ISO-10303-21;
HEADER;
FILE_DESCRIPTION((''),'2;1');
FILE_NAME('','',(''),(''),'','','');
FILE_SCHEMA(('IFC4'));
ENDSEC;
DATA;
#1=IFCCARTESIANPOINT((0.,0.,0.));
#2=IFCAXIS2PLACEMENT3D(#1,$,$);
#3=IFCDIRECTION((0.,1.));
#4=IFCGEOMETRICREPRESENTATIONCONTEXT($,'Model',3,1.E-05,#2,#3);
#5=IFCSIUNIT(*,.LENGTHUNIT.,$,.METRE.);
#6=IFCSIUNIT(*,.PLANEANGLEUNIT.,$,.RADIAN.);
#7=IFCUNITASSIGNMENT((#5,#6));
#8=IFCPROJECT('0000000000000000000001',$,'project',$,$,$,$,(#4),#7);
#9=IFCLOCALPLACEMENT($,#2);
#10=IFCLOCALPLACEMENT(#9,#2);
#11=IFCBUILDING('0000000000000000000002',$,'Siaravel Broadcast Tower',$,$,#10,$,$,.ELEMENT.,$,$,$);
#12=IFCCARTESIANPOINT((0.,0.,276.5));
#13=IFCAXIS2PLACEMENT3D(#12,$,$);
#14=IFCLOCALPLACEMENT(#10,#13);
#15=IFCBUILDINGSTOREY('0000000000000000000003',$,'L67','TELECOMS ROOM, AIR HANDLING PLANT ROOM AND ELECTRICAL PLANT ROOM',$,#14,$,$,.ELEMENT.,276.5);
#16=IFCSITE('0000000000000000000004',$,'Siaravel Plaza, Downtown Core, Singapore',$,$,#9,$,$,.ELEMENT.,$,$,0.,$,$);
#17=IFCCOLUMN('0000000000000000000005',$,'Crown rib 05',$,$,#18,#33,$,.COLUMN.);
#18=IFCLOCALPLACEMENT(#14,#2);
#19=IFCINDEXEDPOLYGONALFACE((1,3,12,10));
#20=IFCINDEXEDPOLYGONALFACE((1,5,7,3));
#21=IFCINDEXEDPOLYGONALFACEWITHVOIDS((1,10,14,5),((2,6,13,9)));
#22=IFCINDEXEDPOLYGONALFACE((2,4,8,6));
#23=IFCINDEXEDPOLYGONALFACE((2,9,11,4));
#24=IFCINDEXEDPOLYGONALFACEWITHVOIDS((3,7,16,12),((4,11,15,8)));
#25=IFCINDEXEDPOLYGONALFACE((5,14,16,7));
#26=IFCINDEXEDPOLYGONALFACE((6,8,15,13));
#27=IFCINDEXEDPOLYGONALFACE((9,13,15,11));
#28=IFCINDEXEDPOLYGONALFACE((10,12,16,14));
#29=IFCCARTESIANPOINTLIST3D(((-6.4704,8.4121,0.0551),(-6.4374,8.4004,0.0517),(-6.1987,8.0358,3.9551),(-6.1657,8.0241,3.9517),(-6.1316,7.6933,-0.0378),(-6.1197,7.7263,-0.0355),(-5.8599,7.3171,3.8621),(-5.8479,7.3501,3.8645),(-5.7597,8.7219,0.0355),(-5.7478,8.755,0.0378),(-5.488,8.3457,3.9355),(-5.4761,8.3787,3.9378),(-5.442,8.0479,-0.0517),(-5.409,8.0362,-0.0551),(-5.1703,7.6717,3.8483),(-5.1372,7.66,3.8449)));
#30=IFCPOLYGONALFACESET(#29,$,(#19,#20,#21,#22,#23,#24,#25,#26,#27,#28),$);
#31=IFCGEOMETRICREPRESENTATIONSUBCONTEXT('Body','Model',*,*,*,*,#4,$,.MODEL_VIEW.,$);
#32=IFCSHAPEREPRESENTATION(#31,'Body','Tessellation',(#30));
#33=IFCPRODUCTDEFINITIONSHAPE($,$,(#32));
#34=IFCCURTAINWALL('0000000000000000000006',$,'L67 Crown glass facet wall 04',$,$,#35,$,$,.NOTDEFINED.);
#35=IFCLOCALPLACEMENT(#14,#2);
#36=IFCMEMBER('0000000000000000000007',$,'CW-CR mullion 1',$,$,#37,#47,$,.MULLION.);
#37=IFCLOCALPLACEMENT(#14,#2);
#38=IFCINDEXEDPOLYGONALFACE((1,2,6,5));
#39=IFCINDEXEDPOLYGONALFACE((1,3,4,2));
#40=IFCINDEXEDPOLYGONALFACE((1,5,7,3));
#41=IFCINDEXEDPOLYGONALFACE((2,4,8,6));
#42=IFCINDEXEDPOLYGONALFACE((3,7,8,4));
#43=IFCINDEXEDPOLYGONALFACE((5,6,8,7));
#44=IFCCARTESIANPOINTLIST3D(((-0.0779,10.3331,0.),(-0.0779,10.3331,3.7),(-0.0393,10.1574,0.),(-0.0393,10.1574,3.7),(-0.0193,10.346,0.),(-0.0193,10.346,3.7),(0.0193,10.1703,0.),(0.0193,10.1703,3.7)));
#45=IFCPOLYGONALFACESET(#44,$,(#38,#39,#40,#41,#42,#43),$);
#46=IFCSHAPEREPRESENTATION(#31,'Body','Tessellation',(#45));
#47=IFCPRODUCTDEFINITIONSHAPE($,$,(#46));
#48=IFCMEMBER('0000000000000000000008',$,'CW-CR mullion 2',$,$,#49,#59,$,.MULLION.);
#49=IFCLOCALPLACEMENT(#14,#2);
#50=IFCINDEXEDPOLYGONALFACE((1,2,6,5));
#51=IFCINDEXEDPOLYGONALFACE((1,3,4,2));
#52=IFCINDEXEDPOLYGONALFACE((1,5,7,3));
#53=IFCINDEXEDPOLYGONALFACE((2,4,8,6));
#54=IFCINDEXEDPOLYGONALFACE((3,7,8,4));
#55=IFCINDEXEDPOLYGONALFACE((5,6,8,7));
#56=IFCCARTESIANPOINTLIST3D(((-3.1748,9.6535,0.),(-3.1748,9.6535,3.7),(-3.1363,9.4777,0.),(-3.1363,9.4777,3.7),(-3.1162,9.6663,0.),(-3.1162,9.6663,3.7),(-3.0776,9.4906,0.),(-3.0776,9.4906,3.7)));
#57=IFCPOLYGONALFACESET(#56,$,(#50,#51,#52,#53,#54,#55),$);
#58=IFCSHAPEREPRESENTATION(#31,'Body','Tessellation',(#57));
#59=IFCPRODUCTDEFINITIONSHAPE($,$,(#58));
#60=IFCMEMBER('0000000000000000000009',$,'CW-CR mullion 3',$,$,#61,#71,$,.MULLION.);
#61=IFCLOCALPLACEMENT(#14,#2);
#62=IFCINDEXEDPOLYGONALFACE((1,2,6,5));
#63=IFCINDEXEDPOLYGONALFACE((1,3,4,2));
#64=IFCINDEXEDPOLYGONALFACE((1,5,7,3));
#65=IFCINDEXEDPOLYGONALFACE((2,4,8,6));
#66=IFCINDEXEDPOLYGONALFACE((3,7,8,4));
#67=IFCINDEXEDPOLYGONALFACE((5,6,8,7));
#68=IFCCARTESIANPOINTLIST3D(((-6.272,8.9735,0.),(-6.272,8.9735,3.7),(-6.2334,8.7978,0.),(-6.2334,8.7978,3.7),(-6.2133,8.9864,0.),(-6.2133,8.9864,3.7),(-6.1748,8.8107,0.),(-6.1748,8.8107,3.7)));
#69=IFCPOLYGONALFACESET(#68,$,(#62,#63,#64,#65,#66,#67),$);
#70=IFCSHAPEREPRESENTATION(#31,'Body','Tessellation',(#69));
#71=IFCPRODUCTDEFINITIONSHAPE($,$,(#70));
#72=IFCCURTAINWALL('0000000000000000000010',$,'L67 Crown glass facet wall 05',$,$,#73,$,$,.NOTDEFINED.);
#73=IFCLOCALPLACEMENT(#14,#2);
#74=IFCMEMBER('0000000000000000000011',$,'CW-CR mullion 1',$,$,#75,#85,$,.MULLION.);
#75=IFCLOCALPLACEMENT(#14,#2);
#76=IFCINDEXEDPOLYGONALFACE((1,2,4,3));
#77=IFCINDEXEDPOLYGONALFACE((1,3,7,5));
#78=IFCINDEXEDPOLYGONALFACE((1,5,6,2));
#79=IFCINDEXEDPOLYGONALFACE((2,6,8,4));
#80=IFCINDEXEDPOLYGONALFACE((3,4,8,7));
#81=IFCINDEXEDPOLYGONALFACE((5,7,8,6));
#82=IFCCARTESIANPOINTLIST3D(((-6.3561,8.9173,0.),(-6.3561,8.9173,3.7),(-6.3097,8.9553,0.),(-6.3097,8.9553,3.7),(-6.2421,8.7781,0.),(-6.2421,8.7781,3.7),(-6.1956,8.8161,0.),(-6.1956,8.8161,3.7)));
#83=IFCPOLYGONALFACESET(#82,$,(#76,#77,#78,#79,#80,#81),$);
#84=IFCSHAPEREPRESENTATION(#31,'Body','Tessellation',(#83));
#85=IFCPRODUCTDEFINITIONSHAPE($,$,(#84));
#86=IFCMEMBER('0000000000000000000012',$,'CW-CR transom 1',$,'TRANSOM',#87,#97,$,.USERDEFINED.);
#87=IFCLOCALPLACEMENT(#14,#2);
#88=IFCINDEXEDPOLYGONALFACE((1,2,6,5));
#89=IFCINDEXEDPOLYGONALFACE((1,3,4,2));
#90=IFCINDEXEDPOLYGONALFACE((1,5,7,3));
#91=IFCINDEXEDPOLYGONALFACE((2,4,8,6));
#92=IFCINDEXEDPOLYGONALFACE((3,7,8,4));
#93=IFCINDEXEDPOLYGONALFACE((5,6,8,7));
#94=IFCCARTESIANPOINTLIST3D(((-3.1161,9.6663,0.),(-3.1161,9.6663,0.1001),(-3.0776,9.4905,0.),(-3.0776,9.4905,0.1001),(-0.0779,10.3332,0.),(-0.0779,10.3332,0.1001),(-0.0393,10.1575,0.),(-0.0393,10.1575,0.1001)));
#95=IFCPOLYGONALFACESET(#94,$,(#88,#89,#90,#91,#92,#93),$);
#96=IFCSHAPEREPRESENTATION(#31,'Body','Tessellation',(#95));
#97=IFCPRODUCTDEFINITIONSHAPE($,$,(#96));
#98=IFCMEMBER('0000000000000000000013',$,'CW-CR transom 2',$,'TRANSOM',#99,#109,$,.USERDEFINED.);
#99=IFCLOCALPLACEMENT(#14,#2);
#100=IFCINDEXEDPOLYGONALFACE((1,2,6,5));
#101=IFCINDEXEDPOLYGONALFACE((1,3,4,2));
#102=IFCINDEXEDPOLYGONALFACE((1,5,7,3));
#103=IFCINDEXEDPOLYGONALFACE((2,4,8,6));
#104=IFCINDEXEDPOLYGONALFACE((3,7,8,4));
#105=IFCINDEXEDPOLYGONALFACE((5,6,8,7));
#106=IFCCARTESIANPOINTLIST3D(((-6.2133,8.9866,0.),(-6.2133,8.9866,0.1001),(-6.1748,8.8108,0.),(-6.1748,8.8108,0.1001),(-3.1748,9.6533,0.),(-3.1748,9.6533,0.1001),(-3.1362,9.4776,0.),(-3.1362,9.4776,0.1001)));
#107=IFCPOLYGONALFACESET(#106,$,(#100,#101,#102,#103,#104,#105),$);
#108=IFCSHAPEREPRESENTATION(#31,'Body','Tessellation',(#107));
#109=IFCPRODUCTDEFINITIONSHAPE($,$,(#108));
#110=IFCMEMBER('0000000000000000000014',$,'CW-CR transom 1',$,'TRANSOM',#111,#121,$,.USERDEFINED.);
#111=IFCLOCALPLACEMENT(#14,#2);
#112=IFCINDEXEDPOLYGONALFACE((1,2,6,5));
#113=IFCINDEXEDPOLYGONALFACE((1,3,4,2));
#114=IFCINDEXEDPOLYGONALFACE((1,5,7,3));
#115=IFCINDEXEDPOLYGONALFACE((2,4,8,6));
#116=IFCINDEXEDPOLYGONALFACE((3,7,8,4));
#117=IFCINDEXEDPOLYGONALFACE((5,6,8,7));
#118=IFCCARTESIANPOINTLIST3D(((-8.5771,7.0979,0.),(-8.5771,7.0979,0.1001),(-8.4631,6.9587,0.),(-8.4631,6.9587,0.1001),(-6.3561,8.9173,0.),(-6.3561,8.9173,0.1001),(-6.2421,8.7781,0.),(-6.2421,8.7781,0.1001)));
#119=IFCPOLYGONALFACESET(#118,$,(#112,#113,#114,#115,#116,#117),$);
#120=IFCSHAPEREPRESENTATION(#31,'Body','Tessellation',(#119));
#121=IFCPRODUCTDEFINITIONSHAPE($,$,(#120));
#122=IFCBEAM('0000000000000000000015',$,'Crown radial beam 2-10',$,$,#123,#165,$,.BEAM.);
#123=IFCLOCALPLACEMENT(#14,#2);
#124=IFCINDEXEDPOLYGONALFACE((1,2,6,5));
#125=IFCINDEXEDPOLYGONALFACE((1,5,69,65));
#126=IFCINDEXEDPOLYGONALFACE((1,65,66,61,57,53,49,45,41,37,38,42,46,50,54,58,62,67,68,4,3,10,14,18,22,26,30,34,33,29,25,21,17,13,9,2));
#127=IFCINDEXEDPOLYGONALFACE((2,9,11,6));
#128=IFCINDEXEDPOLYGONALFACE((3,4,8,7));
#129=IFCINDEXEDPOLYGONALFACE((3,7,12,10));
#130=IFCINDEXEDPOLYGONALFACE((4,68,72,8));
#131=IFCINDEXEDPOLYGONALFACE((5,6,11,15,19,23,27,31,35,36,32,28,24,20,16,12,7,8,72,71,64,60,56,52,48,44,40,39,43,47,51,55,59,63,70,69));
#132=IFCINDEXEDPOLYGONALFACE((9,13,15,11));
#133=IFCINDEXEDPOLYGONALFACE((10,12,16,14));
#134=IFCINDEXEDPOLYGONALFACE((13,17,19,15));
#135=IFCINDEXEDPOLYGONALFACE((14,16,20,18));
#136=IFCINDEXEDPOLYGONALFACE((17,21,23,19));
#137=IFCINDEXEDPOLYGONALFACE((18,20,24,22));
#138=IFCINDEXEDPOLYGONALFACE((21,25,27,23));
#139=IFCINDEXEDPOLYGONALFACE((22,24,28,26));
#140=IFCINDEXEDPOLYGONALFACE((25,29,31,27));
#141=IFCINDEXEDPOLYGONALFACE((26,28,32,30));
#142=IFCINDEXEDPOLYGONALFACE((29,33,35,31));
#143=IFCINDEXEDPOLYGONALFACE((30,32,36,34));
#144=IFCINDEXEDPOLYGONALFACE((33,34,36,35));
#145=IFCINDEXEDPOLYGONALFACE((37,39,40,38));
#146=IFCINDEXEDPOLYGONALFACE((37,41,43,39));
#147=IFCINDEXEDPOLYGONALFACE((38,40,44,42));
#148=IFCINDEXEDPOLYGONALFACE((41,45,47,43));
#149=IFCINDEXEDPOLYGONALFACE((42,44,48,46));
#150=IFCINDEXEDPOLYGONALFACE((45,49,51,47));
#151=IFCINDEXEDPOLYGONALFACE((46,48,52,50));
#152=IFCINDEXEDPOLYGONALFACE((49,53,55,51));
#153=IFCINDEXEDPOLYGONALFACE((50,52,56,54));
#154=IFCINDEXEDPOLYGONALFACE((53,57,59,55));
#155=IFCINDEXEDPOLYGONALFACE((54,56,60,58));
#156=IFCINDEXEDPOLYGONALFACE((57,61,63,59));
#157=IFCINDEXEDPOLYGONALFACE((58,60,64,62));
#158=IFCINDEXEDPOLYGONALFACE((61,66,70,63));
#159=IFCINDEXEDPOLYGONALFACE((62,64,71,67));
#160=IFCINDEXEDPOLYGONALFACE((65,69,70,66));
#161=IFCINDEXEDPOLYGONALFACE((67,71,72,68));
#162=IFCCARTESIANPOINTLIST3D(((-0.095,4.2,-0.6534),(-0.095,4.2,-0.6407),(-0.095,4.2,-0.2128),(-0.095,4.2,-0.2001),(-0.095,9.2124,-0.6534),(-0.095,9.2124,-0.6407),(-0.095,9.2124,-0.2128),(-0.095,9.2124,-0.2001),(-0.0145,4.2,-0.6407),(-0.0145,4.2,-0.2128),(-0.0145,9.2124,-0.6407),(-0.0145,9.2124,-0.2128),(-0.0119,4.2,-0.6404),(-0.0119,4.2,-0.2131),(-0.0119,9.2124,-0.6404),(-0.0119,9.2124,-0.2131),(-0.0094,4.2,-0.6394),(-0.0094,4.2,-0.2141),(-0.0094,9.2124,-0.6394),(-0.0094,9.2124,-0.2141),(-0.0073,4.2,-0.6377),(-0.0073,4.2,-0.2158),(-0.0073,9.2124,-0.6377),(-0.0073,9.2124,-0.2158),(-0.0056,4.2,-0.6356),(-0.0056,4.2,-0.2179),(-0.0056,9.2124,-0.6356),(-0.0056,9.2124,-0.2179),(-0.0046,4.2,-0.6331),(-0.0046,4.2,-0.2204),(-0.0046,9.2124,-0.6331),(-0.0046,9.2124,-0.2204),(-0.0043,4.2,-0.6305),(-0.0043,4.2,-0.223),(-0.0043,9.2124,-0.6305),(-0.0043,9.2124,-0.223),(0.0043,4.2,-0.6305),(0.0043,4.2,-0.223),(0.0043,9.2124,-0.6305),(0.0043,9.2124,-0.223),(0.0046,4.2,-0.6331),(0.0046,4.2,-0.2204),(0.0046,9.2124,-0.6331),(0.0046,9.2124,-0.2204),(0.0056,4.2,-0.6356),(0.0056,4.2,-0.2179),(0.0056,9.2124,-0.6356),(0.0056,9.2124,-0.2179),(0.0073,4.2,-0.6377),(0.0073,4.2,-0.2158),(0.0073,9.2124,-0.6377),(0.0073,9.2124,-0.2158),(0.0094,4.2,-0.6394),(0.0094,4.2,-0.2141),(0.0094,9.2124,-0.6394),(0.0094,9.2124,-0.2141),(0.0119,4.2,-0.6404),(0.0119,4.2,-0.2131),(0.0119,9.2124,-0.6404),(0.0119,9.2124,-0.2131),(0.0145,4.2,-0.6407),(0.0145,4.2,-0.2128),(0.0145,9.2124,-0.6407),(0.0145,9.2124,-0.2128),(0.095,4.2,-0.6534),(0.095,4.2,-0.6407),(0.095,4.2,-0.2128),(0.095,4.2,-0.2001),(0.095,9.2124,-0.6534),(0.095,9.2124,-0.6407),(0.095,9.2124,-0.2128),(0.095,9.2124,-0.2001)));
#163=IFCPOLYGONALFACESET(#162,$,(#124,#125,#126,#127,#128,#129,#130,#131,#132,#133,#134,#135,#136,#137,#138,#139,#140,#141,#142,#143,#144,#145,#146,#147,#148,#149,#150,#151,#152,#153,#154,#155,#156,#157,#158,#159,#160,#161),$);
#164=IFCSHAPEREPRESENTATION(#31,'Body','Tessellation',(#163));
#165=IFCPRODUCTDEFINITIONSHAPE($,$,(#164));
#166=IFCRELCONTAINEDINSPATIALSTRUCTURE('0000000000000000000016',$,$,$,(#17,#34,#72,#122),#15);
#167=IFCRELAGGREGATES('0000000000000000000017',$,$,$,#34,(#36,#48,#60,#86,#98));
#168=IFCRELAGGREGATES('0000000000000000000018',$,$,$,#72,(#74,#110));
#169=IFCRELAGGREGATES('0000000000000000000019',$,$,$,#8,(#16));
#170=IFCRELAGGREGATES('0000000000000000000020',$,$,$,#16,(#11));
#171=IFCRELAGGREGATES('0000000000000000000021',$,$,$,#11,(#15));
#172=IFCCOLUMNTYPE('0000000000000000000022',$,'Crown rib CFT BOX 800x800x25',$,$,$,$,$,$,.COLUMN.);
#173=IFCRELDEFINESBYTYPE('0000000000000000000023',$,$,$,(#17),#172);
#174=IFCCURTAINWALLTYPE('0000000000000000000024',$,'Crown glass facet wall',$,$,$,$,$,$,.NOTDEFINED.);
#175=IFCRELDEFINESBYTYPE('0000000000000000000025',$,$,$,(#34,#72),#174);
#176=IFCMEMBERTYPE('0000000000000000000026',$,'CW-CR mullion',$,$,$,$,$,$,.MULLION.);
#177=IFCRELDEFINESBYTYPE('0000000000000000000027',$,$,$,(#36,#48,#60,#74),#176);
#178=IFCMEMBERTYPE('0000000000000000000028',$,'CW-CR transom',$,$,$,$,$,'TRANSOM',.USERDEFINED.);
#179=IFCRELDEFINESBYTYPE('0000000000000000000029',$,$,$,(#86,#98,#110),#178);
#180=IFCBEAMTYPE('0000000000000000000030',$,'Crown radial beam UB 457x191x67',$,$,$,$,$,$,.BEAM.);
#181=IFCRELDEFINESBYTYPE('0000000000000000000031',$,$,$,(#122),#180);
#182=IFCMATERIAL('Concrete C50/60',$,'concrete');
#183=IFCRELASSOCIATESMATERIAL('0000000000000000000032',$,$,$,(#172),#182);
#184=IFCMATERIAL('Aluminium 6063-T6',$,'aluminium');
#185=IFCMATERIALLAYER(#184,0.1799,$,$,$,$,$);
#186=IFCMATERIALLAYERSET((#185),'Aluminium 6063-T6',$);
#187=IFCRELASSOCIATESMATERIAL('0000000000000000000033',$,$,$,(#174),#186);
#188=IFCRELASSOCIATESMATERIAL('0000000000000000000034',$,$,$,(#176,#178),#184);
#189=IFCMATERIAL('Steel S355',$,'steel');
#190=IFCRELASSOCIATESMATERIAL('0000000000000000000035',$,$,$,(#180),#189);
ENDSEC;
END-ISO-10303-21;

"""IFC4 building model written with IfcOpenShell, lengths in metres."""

from ifc_helpers import new_model, si_unit, direction, frame, origin, origin_2d, place, context, subcontext, project, spatial, rectangle, hollow_rectangle, i_section, extrude, material, layer, layer_set, material_profile, profile_set, type_object, element, aggregate, save


model = new_model("IFC4")

# Units and contexts
model_context = context("Model", 3, precision=1e-05, world=origin(), true_north=direction((0.0, 1.0)))
body_context = subcontext(model_context, "Body", "Model", "MODEL_VIEW")
ifc_project = project(units=[si_unit("LENGTHUNIT", "METRE"), si_unit("PLANEANGLEUNIT", "RADIAN")], contexts=[model_context])

# Site, building, storey
site_placement = place(None, origin())
site = spatial("IfcSite", under=ifc_project, at=site_placement, Name="Siaravel Plaza, Downtown Core, Singapore", CompositionType="ELEMENT", RefElevation=0.0)
building_placement = place(site_placement, origin())
building = spatial("IfcBuilding", under=site, at=building_placement, Name="Siaravel Broadcast Tower", CompositionType="ELEMENT")
storey_placement = place(building_placement, frame((0.0, 0.0, 276.5)))
storey = spatial("IfcBuildingStorey", under=building, at=storey_placement, Name="L67", Description="TELECOMS ROOM, AIR HANDLING PLANT ROOM AND ELECTRICAL PLANT ROOM", CompositionType="ELEMENT", Elevation=276.5)

# Column
ifc_material_1 = material(Name="Concrete C50/60", Category="concrete")
ifc_material_profile_1 = material_profile(ifc_material_1, hollow_rectangle(XDim=0.8, YDim=0.8, WallThickness=0.0249, at=origin_2d()))
ifc_profile_set_1 = profile_set([ifc_material_profile_1], Name="Concrete C50/60")
column_type = type_object("IfcColumnType", Name="Crown rib CFT BOX 800x800x25", PredefinedType="COLUMN", material=ifc_profile_set_1)
column_placement = place(storey_placement, frame((-5.9397, 8.2241, 0.0), z_axis=(0.069188, -0.095793, 0.992994), x_axis=(0.903243, 0.428585, -0.021589)))
element("IfcColumn", 1, at=column_placement, inside=storey, type_object=column_type, Name="Crown rib 05", PredefinedType="COLUMN", context=body_context, shape_type="SweptSolid", body=[
    extrude(hollow_rectangle(XDim=0.8, YDim=0.8, WallThickness=0.0249, at=origin_2d()), origin(), (0.0, 0.0, 1.0), 3.9275),
])

# Curtain wall, members
ifc_material_2 = material(Name="Aluminium 6063-T6", Category="aluminium")
ifc_layer_1 = layer(ifc_material_2, 0.1799)
ifc_layer_set_1 = layer_set([ifc_layer_1], Name="Aluminium 6063-T6")
curtain_wall_type = type_object("IfcCurtainWallType", Name="Crown glass facet wall", PredefinedType="NOTDEFINED", material=ifc_layer_set_1)
curtain_wall_1_placement = place(storey_placement, origin())
curtain_wall_1 = element("IfcCurtainWall", 2, at=curtain_wall_1_placement, inside=storey, type_object=curtain_wall_type, Name="L67 Crown glass facet wall 04", PredefinedType="NOTDEFINED")
ifc_material_profile_2 = material_profile(ifc_material_2, rectangle(XDim=0.1799, YDim=0.0601, at=origin_2d()))
ifc_profile_set_2 = profile_set([ifc_material_profile_2], Name="Aluminium 6063-T6")
member_type_1 = type_object("IfcMemberType", Name="CW-CR mullion", PredefinedType="MULLION", material=ifc_profile_set_2)
member_1_placement = place(storey_placement, frame((-0.0293, 10.2517, 0.0), z_axis=(0.0, 0.0, 1.0), x_axis=(0.214394, -0.976747, 0.0)))
member_1 = element("IfcMember", 3, at=member_1_placement, type_object=member_type_1, Name="CW-CR mullion 1", PredefinedType="MULLION", context=body_context, shape_type="SweptSolid", body=[
    extrude(rectangle(XDim=0.1799, YDim=0.0601, at=origin_2d()), origin(), (0.0, 0.0, 1.0), 3.7),
])
member_2_placement = place(storey_placement, frame((-3.1262, 9.572, 0.0), z_axis=(0.0, 0.0, 1.0), x_axis=(0.214394, -0.976747, 0.0)))
member_2 = element("IfcMember", 4, at=member_2_placement, type_object=member_type_1, Name="CW-CR mullion 2", PredefinedType="MULLION", context=body_context, shape_type="SweptSolid", body=[
    extrude(rectangle(XDim=0.1799, YDim=0.0601, at=origin_2d()), origin(), (0.0, 0.0, 1.0), 3.7),
])
member_3_placement = place(storey_placement, frame((-6.2234, 8.8921, 0.0), z_axis=(0.0, 0.0, 1.0), x_axis=(0.214394, -0.976747, 0.0)))
member_3 = element("IfcMember", 5, at=member_3_placement, type_object=member_type_1, Name="CW-CR mullion 3", PredefinedType="MULLION", context=body_context, shape_type="SweptSolid", body=[
    extrude(rectangle(XDim=0.1799, YDim=0.0601, at=origin_2d()), origin(), (0.0, 0.0, 1.0), 3.7),
])

# Curtain wall, member
curtain_wall_2_placement = place(storey_placement, origin())
curtain_wall_2 = element("IfcCurtainWall", 6, at=curtain_wall_2_placement, inside=storey, type_object=curtain_wall_type, Name="L67 Crown glass facet wall 05", PredefinedType="NOTDEFINED")
member_4_placement = place(storey_placement, frame((-6.2759, 8.8667, 0.0), z_axis=(0.0, 0.0, 1.0), x_axis=(0.633713, -0.773569, 0.0)))
member_4 = element("IfcMember", 7, at=member_4_placement, type_object=member_type_1, Name="CW-CR mullion 1", PredefinedType="MULLION", context=body_context, shape_type="SweptSolid", body=[
    extrude(rectangle(XDim=0.1799, YDim=0.0601, at=origin_2d()), origin(), (0.0, 0.0, 1.0), 3.7),
])

# Members
ifc_material_profile_3 = material_profile(ifc_material_2, rectangle(XDim=0.1799, YDim=0.1001, at=origin_2d()))
ifc_profile_set_3 = profile_set([ifc_material_profile_3], Name="Aluminium 6063-T6")
member_type_2 = type_object("IfcMemberType", Name="CW-CR transom", ElementType="TRANSOM", PredefinedType="USERDEFINED", material=ifc_profile_set_3)
member_5_placement = place(storey_placement, frame((-0.0586, 10.2454, 0.05), z_axis=(-0.976742, -0.21442, 0.0), x_axis=(0.21442, -0.976742, 0.0)))
member_5 = element("IfcMember", 8, at=member_5_placement, type_object=member_type_2, Name="CW-CR transom 1", ObjectType="TRANSOM", PredefinedType="USERDEFINED", context=body_context, shape_type="SweptSolid", body=[
    extrude(rectangle(XDim=0.1799, YDim=0.1001, at=origin_2d()), origin(), (0.0, 0.0, 1.0), 3.1106),
])
member_6_placement = place(storey_placement, frame((-3.1555, 9.5654, 0.05), z_axis=(-0.976762, -0.214329, 0.0), x_axis=(0.214329, -0.976762, 0.0)))
member_6 = element("IfcMember", 9, at=member_6_placement, type_object=member_type_2, Name="CW-CR transom 2", ObjectType="TRANSOM", PredefinedType="USERDEFINED", context=body_context, shape_type="SweptSolid", body=[
    extrude(rectangle(XDim=0.1799, YDim=0.1001, at=origin_2d()), origin(), (0.0, 0.0, 1.0), 3.1108),
])
member_7_placement = place(storey_placement, frame((-6.2991, 8.8477, 0.05), z_axis=(-0.773582, -0.633696, 0.0), x_axis=(0.633696, -0.773582, 0.0)))
member_7 = element("IfcMember", 10, at=member_7_placement, type_object=member_type_2, Name="CW-CR transom 1", ObjectType="TRANSOM", PredefinedType="USERDEFINED", context=body_context, shape_type="SweptSolid", body=[
    extrude(rectangle(XDim=0.1799, YDim=0.1001, at=origin_2d()), origin(), (0.0, 0.0, 1.0), 2.8711),
])

# Beam
ifc_material_3 = material(Name="Steel S355", Category="steel")
ifc_material_profile_4 = material_profile(ifc_material_3, i_section(OverallWidth=0.1899, OverallDepth=0.4534, WebThickness=0.0085, FlangeThickness=0.0127, FilletRadius=0.0103, at=origin_2d()))
ifc_profile_set_4 = profile_set([ifc_material_profile_4], Name="Steel S355")
beam_type_1 = type_object("IfcBeamType", Name="Crown radial beam UB 457x191x67", PredefinedType="BEAM", material=ifc_profile_set_4)
beam_1_placement = place(storey_placement, frame((0.0, 9.2124, -0.4268), z_axis=(0.0, -1.0, 0.0), x_axis=(1.0, 0.0, 0.0)))
element("IfcBeam", 11, at=beam_1_placement, inside=storey, type_object=beam_type_1, Name="Crown radial beam 2-10", PredefinedType="BEAM", context=body_context, shape_type="SweptSolid", body=[
    extrude(i_section(OverallWidth=0.1899, OverallDepth=0.4534, WebThickness=0.0085, FlangeThickness=0.0127, FilletRadius=0.0103, at=origin_2d()), origin(), (0.0, 0.0, 1.0), 5.0125),
])

aggregate(curtain_wall_1, [member_1, member_2, member_3, member_5, member_6])
aggregate(curtain_wall_2, [member_4, member_7])

save(model, "model.ifc")
